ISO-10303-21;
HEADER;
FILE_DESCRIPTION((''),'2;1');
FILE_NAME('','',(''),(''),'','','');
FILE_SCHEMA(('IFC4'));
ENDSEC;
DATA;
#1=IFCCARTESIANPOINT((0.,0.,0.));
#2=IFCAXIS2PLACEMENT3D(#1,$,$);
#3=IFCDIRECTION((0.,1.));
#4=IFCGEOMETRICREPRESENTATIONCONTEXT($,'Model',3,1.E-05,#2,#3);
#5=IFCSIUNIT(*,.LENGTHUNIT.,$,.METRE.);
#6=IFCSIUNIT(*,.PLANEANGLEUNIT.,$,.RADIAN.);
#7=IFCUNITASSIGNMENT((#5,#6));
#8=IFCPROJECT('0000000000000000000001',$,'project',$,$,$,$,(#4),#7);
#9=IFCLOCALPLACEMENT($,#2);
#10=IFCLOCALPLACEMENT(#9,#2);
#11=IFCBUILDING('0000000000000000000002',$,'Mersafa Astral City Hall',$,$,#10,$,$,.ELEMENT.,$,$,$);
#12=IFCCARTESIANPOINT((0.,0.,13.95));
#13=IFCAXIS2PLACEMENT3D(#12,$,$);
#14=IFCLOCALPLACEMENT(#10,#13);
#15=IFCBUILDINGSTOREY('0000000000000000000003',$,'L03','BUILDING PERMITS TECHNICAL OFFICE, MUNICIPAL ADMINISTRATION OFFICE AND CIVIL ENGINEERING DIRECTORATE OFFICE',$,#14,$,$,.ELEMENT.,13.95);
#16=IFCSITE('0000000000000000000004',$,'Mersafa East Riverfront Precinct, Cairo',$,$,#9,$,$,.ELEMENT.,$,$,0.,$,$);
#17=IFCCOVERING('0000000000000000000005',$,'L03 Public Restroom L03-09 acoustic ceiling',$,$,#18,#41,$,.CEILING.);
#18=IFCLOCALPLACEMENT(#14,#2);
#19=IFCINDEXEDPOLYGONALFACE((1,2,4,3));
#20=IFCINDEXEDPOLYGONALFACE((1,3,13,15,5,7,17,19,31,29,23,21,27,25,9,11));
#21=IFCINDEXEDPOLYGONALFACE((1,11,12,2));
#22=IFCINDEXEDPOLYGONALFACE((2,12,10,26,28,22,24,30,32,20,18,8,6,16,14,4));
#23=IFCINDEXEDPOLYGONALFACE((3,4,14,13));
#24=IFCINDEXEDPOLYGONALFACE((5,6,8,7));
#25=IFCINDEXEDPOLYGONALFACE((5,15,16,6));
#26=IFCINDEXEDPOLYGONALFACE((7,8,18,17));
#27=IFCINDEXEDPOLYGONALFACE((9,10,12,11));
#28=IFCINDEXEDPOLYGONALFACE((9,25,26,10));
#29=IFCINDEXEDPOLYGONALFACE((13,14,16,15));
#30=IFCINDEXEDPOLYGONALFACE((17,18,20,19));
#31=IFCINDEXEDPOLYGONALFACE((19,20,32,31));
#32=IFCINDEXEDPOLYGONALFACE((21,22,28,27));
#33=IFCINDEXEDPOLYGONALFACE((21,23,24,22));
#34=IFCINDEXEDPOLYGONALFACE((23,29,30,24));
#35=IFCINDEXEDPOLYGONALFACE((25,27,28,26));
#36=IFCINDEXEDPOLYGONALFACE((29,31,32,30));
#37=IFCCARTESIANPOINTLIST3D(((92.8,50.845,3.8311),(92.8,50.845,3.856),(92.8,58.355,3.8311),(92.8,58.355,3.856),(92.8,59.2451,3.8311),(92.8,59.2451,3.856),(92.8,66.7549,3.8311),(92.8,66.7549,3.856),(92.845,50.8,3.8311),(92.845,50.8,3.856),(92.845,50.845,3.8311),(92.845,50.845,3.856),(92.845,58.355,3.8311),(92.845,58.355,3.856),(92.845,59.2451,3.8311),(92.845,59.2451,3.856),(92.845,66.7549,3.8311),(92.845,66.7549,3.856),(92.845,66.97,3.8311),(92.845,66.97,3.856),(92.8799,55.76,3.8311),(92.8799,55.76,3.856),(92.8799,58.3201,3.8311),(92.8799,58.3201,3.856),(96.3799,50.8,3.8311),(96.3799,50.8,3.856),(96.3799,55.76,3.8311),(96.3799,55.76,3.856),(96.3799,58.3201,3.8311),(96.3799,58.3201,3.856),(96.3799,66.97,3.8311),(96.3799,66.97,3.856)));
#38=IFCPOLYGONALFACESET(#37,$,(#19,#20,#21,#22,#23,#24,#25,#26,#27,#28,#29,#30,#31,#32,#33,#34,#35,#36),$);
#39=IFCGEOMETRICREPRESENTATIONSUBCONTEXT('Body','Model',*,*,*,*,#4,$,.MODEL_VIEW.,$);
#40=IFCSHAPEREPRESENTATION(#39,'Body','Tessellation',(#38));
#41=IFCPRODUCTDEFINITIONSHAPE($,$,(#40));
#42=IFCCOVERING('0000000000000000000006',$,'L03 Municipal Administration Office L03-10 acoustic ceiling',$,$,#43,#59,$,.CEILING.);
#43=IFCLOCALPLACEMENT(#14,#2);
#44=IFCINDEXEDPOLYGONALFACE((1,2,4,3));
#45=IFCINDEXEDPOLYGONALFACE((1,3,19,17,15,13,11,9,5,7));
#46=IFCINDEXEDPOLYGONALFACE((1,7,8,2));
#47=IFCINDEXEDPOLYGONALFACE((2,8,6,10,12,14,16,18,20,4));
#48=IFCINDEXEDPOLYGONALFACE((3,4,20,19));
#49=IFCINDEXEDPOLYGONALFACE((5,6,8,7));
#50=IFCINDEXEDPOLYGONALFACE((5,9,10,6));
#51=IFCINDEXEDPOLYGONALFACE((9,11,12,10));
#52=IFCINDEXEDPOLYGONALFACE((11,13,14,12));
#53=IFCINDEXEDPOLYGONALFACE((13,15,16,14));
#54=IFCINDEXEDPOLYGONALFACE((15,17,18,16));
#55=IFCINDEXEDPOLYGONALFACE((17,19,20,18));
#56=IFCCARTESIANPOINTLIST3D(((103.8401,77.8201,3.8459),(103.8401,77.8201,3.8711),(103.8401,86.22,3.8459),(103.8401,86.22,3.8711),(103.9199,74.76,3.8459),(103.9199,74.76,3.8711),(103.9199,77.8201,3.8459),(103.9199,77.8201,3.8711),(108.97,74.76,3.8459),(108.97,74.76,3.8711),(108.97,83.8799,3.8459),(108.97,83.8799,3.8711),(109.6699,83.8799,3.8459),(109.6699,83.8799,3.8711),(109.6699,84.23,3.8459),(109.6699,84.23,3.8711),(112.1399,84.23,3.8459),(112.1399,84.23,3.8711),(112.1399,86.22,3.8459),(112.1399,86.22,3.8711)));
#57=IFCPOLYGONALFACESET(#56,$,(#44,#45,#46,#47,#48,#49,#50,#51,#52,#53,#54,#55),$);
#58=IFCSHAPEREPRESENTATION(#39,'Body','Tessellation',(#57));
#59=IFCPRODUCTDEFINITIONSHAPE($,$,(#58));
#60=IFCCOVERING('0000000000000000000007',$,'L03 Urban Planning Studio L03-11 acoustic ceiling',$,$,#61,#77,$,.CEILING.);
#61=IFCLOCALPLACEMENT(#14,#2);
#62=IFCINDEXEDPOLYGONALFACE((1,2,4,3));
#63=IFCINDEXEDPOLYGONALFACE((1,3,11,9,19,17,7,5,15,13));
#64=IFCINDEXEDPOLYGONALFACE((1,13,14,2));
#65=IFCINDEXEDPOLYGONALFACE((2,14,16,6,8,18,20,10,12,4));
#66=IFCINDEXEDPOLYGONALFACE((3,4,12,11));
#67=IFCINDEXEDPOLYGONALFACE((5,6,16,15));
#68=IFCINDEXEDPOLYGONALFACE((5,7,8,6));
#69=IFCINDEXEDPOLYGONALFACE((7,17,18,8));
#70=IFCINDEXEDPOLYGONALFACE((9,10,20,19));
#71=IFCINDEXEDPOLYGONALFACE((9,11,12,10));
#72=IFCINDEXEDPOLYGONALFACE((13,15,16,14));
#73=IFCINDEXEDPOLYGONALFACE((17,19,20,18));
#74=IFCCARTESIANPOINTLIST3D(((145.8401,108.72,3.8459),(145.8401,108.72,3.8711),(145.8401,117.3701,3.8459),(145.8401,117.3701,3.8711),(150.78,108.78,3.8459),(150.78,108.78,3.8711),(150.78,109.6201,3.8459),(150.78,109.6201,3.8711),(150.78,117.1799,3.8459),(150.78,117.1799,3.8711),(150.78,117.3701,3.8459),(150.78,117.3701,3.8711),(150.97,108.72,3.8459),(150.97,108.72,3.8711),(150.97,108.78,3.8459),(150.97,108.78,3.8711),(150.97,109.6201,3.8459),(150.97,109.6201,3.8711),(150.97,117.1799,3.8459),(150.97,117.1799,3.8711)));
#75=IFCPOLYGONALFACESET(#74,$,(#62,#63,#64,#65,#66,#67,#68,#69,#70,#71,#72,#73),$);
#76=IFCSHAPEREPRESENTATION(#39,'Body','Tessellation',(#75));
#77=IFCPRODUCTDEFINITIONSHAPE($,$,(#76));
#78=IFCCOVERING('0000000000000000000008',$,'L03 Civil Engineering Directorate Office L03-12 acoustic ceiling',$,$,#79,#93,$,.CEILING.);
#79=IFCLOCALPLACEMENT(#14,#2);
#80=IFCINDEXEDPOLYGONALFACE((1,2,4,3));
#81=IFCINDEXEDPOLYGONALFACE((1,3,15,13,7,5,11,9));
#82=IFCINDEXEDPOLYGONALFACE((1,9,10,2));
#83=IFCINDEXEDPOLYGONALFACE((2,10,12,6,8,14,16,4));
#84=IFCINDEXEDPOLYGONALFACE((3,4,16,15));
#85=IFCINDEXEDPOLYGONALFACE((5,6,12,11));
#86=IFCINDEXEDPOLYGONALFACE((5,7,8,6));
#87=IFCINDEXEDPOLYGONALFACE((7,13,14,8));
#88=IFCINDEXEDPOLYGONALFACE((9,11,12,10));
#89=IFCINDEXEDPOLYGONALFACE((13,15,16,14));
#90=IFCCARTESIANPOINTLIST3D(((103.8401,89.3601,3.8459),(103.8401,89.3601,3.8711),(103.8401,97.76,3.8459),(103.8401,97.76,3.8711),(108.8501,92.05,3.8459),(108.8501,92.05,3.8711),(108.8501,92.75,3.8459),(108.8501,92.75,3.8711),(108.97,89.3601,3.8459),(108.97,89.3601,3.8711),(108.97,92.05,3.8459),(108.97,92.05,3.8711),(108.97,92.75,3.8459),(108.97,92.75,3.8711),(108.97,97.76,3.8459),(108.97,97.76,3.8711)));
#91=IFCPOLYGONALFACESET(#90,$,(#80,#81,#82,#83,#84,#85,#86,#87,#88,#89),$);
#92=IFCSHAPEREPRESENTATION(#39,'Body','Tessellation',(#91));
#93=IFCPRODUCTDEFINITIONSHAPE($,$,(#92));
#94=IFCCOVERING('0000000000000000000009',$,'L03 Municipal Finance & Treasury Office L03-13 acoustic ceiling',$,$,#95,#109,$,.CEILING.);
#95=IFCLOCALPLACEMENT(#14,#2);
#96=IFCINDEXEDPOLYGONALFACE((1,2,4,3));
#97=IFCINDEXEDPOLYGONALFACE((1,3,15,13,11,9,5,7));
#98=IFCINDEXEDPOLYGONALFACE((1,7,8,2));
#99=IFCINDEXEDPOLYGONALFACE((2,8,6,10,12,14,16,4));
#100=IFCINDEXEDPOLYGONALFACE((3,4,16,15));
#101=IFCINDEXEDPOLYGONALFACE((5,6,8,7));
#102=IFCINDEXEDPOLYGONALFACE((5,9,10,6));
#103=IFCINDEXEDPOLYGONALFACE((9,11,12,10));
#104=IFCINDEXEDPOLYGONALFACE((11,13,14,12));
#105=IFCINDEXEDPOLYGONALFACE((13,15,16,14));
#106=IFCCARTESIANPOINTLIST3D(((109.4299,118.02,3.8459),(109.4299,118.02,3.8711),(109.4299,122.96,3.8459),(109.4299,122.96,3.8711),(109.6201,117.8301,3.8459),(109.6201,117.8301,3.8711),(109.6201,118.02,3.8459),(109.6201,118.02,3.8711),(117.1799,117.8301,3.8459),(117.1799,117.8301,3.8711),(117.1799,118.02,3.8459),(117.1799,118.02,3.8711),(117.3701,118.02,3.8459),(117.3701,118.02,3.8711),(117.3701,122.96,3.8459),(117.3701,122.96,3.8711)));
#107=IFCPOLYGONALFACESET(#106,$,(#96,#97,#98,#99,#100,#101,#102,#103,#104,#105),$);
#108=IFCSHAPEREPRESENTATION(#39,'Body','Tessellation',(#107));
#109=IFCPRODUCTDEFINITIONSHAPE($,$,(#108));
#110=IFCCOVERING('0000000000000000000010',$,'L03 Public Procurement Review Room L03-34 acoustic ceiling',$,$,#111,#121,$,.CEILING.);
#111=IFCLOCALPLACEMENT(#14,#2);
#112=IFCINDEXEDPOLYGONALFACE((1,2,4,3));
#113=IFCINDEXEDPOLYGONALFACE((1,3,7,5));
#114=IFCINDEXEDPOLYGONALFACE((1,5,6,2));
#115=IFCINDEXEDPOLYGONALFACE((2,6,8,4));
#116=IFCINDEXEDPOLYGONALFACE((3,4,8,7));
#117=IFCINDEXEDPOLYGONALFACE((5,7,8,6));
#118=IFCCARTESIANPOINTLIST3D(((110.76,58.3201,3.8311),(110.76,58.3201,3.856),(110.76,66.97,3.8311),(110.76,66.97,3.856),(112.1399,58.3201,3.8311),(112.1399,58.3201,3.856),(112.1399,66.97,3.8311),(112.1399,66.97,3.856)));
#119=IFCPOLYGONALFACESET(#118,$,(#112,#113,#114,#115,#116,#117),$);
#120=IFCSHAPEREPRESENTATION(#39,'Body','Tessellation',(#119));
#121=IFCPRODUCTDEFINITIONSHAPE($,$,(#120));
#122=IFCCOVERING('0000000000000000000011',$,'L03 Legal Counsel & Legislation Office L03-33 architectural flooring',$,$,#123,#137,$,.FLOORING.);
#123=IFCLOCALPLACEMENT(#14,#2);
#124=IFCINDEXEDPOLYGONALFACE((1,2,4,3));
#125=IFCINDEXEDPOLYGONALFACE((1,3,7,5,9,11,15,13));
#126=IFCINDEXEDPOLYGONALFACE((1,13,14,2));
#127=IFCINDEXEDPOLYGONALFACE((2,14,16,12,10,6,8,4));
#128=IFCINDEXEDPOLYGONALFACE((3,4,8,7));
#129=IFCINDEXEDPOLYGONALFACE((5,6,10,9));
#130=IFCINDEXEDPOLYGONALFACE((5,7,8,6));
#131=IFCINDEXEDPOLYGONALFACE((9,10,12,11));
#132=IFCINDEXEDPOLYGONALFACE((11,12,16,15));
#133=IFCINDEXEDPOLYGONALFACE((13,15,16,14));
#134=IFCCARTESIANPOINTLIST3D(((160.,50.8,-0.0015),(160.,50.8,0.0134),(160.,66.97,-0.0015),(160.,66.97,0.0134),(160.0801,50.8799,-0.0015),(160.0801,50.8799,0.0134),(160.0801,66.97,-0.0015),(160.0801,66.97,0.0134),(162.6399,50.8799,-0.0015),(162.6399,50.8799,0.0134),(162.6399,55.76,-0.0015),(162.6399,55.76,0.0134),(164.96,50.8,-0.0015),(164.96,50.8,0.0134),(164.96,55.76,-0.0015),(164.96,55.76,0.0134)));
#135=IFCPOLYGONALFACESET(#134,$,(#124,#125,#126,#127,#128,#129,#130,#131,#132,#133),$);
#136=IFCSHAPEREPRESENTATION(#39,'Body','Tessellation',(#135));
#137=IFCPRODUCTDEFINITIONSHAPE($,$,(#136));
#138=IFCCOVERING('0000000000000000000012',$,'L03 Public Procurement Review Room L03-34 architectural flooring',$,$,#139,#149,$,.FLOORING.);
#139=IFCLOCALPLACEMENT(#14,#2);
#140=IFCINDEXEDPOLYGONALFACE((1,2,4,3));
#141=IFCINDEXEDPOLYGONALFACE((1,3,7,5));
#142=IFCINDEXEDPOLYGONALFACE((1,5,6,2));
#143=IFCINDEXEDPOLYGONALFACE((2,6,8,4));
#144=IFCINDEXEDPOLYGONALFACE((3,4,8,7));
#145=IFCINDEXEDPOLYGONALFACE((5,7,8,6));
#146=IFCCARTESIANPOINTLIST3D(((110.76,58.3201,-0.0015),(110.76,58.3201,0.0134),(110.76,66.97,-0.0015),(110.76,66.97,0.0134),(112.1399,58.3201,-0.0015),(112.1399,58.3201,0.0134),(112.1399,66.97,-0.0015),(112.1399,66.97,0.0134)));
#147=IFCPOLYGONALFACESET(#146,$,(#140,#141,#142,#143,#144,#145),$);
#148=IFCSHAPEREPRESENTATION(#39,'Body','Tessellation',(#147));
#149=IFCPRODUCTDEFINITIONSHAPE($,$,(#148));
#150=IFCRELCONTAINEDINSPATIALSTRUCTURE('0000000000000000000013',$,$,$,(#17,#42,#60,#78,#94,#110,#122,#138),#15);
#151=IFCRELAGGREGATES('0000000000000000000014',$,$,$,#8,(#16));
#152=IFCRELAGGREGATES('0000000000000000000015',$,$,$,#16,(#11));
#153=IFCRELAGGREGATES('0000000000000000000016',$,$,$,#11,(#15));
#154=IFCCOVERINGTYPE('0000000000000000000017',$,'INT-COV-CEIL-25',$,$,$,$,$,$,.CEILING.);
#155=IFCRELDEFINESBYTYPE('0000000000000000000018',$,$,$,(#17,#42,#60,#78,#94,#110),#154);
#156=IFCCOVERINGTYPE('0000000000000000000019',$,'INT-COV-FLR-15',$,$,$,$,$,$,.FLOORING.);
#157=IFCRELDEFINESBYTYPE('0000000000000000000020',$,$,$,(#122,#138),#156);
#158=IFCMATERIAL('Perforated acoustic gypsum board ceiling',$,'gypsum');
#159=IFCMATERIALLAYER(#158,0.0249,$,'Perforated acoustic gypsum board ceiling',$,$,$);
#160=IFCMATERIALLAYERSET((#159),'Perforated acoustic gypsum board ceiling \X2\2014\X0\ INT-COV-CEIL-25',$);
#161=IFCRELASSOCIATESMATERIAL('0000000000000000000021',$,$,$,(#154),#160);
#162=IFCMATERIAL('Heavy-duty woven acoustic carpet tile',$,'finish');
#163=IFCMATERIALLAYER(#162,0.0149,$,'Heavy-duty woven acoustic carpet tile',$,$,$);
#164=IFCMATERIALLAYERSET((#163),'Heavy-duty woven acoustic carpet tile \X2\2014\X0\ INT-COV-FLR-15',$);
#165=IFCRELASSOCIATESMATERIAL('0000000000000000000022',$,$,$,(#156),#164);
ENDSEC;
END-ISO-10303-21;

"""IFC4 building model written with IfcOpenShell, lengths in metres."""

from ifc_helpers import new_model, si_unit, direction, frame, origin, place, context, subcontext, project, spatial, polyline, outline, extrude, material, layer, layer_set, type_object, element, save


model = new_model("IFC4")

# Units and contexts
model_context = context("Model", 3, precision=1e-05, world=origin(), true_north=direction((0.0, 1.0)))
body_context = subcontext(model_context, "Body", "Model", "MODEL_VIEW")
ifc_project = project(units=[si_unit("LENGTHUNIT", "METRE"), si_unit("PLANEANGLEUNIT", "RADIAN")], contexts=[model_context])

# Site, building, storey
site_placement = place(None, origin())
site = spatial("IfcSite", under=ifc_project, at=site_placement, Name="Mersafa East Riverfront Precinct, Cairo", CompositionType="ELEMENT", RefElevation=0.0)
building_placement = place(site_placement, origin())
building = spatial("IfcBuilding", under=site, at=building_placement, Name="Mersafa Astral City Hall", CompositionType="ELEMENT")
storey_placement = place(building_placement, frame((0.0, 0.0, 13.95)))
storey = spatial("IfcBuildingStorey", under=building, at=storey_placement, Name="L03", Description="BUILDING PERMITS TECHNICAL OFFICE, MUNICIPAL ADMINISTRATION OFFICE AND CIVIL ENGINEERING DIRECTORATE OFFICE", CompositionType="ELEMENT", Elevation=13.95)

# Coverings
ifc_material_1 = material(Name="Perforated acoustic gypsum board ceiling", Category="gypsum")
ifc_layer_1 = layer(ifc_material_1, 0.0249, Name="Perforated acoustic gypsum board ceiling")
ifc_layer_set_1 = layer_set([ifc_layer_1], Name="Perforated acoustic gypsum board ceiling — INT-COV-CEIL-25")
covering_type_1 = type_object("IfcCoveringType", Name="INT-COV-CEIL-25", PredefinedType="CEILING", material=ifc_layer_set_1)
covering_1_placement = place(storey_placement, frame((0.0, 0.0, 3.8311)))
element("IfcCovering", 1, at=covering_1_placement, inside=storey, type_object=covering_type_1, Name="L03 Public Restroom L03-09 acoustic ceiling", PredefinedType="CEILING", context=body_context, shape_type="SweptSolid", body=[
    extrude(outline(polyline([(92.8, 58.355), (92.845, 58.355), (92.845, 59.2451), (92.8, 59.2451), (92.8, 66.7549), (92.845, 66.7549), (92.845, 66.97), (96.3799, 66.97), (96.3799, 58.3201), (92.8799, 58.3201), (92.8799, 55.76), (96.3799, 55.76), (96.3799, 50.8), (92.845, 50.8), (92.845, 50.845), (92.8, 50.845), (92.8, 58.355)])), origin(), (0.0, 0.0, 1.0), 0.0249),
])
covering_2_placement = place(storey_placement, frame((0.0, 0.0, 3.8459)))
element("IfcCovering", 2, at=covering_2_placement, inside=storey, type_object=covering_type_1, Name="L03 Municipal Administration Office L03-10 acoustic ceiling", PredefinedType="CEILING", context=body_context, shape_type="SweptSolid", body=[
    extrude(outline(polyline([(103.8401, 86.22), (112.1399, 86.22), (112.1399, 84.23), (109.6699, 84.23), (109.6699, 83.8799), (108.97, 83.8799), (108.97, 74.76), (103.9199, 74.76), (103.9199, 77.8201), (103.8401, 77.8201), (103.8401, 86.22)])), origin(), (0.0, 0.0, 1.0), 0.0251),
])
covering_3_placement = place(storey_placement, frame((0.0, 0.0, 3.8459)))
element("IfcCovering", 3, at=covering_3_placement, inside=storey, type_object=covering_type_1, Name="L03 Urban Planning Studio L03-11 acoustic ceiling", PredefinedType="CEILING", context=body_context, shape_type="SweptSolid", body=[
    extrude(outline(polyline([(150.78, 117.3701), (150.78, 117.1799), (150.97, 117.1799), (150.97, 109.6201), (150.78, 109.6201), (150.78, 108.78), (150.97, 108.78), (150.97, 108.72), (145.8401, 108.72), (145.8401, 117.3701), (150.78, 117.3701)])), origin(), (0.0, 0.0, 1.0), 0.0251),
])
covering_4_placement = place(storey_placement, frame((0.0, 0.0, 3.8459)))
element("IfcCovering", 4, at=covering_4_placement, inside=storey, type_object=covering_type_1, Name="L03 Civil Engineering Directorate Office L03-12 acoustic ceiling", PredefinedType="CEILING", context=body_context, shape_type="SweptSolid", body=[
    extrude(outline(polyline([(108.97, 97.76), (108.97, 92.75), (108.8501, 92.75), (108.8501, 92.05), (108.97, 92.05), (108.97, 89.3601), (103.8401, 89.3601), (103.8401, 97.76), (108.97, 97.76)])), origin(), (0.0, 0.0, 1.0), 0.0251),
])
covering_5_placement = place(storey_placement, frame((0.0, 0.0, 3.8459)))
element("IfcCovering", 5, at=covering_5_placement, inside=storey, type_object=covering_type_1, Name="L03 Municipal Finance & Treasury Office L03-13 acoustic ceiling", PredefinedType="CEILING", context=body_context, shape_type="SweptSolid", body=[
    extrude(outline(polyline([(109.6201, 118.02), (109.4299, 118.02), (109.4299, 122.96), (117.3701, 122.96), (117.3701, 118.02), (117.1799, 118.02), (117.1799, 117.8301), (109.6201, 117.8301), (109.6201, 118.02)])), origin(), (0.0, 0.0, 1.0), 0.0251),
])
covering_6_placement = place(storey_placement, frame((0.0, 0.0, 3.8311)))
element("IfcCovering", 6, at=covering_6_placement, inside=storey, type_object=covering_type_1, Name="L03 Public Procurement Review Room L03-34 acoustic ceiling", PredefinedType="CEILING", context=body_context, shape_type="SweptSolid", body=[
    extrude(outline(polyline([(110.76, 66.97), (112.1399, 66.97), (112.1399, 58.3201), (110.76, 58.3201), (110.76, 66.97)])), origin(), (0.0, 0.0, 1.0), 0.0249),
])
ifc_material_2 = material(Name="Heavy-duty woven acoustic carpet tile", Category="finish")
ifc_layer_2 = layer(ifc_material_2, 0.0149, Name="Heavy-duty woven acoustic carpet tile")
ifc_layer_set_2 = layer_set([ifc_layer_2], Name="Heavy-duty woven acoustic carpet tile — INT-COV-FLR-15")
covering_type_2 = type_object("IfcCoveringType", Name="INT-COV-FLR-15", PredefinedType="FLOORING", material=ifc_layer_set_2)
covering_7_placement = place(storey_placement, frame((0.0, 0.0, -0.0015)))
element("IfcCovering", 7, at=covering_7_placement, inside=storey, type_object=covering_type_2, Name="L03 Legal Counsel & Legislation Office L03-33 architectural flooring", PredefinedType="FLOORING", context=body_context, shape_type="SweptSolid", body=[
    extrude(outline(polyline([(160.0801, 66.97), (160.0801, 50.8799), (162.6399, 50.8799), (162.6399, 55.76), (164.96, 55.76), (164.96, 50.8), (160.0, 50.8), (160.0, 66.97), (160.0801, 66.97)])), origin(), (0.0, 0.0, 1.0), 0.0149),
])
covering_8_placement = place(storey_placement, frame((0.0, 0.0, -0.0015)))
element("IfcCovering", 8, at=covering_8_placement, inside=storey, type_object=covering_type_2, Name="L03 Public Procurement Review Room L03-34 architectural flooring", PredefinedType="FLOORING", context=body_context, shape_type="SweptSolid", body=[
    extrude(outline(polyline([(110.76, 66.97), (112.1399, 66.97), (112.1399, 58.3201), (110.76, 58.3201), (110.76, 66.97)])), origin(), (0.0, 0.0, 1.0), 0.0149),
])

save(model, "model.ifc")
